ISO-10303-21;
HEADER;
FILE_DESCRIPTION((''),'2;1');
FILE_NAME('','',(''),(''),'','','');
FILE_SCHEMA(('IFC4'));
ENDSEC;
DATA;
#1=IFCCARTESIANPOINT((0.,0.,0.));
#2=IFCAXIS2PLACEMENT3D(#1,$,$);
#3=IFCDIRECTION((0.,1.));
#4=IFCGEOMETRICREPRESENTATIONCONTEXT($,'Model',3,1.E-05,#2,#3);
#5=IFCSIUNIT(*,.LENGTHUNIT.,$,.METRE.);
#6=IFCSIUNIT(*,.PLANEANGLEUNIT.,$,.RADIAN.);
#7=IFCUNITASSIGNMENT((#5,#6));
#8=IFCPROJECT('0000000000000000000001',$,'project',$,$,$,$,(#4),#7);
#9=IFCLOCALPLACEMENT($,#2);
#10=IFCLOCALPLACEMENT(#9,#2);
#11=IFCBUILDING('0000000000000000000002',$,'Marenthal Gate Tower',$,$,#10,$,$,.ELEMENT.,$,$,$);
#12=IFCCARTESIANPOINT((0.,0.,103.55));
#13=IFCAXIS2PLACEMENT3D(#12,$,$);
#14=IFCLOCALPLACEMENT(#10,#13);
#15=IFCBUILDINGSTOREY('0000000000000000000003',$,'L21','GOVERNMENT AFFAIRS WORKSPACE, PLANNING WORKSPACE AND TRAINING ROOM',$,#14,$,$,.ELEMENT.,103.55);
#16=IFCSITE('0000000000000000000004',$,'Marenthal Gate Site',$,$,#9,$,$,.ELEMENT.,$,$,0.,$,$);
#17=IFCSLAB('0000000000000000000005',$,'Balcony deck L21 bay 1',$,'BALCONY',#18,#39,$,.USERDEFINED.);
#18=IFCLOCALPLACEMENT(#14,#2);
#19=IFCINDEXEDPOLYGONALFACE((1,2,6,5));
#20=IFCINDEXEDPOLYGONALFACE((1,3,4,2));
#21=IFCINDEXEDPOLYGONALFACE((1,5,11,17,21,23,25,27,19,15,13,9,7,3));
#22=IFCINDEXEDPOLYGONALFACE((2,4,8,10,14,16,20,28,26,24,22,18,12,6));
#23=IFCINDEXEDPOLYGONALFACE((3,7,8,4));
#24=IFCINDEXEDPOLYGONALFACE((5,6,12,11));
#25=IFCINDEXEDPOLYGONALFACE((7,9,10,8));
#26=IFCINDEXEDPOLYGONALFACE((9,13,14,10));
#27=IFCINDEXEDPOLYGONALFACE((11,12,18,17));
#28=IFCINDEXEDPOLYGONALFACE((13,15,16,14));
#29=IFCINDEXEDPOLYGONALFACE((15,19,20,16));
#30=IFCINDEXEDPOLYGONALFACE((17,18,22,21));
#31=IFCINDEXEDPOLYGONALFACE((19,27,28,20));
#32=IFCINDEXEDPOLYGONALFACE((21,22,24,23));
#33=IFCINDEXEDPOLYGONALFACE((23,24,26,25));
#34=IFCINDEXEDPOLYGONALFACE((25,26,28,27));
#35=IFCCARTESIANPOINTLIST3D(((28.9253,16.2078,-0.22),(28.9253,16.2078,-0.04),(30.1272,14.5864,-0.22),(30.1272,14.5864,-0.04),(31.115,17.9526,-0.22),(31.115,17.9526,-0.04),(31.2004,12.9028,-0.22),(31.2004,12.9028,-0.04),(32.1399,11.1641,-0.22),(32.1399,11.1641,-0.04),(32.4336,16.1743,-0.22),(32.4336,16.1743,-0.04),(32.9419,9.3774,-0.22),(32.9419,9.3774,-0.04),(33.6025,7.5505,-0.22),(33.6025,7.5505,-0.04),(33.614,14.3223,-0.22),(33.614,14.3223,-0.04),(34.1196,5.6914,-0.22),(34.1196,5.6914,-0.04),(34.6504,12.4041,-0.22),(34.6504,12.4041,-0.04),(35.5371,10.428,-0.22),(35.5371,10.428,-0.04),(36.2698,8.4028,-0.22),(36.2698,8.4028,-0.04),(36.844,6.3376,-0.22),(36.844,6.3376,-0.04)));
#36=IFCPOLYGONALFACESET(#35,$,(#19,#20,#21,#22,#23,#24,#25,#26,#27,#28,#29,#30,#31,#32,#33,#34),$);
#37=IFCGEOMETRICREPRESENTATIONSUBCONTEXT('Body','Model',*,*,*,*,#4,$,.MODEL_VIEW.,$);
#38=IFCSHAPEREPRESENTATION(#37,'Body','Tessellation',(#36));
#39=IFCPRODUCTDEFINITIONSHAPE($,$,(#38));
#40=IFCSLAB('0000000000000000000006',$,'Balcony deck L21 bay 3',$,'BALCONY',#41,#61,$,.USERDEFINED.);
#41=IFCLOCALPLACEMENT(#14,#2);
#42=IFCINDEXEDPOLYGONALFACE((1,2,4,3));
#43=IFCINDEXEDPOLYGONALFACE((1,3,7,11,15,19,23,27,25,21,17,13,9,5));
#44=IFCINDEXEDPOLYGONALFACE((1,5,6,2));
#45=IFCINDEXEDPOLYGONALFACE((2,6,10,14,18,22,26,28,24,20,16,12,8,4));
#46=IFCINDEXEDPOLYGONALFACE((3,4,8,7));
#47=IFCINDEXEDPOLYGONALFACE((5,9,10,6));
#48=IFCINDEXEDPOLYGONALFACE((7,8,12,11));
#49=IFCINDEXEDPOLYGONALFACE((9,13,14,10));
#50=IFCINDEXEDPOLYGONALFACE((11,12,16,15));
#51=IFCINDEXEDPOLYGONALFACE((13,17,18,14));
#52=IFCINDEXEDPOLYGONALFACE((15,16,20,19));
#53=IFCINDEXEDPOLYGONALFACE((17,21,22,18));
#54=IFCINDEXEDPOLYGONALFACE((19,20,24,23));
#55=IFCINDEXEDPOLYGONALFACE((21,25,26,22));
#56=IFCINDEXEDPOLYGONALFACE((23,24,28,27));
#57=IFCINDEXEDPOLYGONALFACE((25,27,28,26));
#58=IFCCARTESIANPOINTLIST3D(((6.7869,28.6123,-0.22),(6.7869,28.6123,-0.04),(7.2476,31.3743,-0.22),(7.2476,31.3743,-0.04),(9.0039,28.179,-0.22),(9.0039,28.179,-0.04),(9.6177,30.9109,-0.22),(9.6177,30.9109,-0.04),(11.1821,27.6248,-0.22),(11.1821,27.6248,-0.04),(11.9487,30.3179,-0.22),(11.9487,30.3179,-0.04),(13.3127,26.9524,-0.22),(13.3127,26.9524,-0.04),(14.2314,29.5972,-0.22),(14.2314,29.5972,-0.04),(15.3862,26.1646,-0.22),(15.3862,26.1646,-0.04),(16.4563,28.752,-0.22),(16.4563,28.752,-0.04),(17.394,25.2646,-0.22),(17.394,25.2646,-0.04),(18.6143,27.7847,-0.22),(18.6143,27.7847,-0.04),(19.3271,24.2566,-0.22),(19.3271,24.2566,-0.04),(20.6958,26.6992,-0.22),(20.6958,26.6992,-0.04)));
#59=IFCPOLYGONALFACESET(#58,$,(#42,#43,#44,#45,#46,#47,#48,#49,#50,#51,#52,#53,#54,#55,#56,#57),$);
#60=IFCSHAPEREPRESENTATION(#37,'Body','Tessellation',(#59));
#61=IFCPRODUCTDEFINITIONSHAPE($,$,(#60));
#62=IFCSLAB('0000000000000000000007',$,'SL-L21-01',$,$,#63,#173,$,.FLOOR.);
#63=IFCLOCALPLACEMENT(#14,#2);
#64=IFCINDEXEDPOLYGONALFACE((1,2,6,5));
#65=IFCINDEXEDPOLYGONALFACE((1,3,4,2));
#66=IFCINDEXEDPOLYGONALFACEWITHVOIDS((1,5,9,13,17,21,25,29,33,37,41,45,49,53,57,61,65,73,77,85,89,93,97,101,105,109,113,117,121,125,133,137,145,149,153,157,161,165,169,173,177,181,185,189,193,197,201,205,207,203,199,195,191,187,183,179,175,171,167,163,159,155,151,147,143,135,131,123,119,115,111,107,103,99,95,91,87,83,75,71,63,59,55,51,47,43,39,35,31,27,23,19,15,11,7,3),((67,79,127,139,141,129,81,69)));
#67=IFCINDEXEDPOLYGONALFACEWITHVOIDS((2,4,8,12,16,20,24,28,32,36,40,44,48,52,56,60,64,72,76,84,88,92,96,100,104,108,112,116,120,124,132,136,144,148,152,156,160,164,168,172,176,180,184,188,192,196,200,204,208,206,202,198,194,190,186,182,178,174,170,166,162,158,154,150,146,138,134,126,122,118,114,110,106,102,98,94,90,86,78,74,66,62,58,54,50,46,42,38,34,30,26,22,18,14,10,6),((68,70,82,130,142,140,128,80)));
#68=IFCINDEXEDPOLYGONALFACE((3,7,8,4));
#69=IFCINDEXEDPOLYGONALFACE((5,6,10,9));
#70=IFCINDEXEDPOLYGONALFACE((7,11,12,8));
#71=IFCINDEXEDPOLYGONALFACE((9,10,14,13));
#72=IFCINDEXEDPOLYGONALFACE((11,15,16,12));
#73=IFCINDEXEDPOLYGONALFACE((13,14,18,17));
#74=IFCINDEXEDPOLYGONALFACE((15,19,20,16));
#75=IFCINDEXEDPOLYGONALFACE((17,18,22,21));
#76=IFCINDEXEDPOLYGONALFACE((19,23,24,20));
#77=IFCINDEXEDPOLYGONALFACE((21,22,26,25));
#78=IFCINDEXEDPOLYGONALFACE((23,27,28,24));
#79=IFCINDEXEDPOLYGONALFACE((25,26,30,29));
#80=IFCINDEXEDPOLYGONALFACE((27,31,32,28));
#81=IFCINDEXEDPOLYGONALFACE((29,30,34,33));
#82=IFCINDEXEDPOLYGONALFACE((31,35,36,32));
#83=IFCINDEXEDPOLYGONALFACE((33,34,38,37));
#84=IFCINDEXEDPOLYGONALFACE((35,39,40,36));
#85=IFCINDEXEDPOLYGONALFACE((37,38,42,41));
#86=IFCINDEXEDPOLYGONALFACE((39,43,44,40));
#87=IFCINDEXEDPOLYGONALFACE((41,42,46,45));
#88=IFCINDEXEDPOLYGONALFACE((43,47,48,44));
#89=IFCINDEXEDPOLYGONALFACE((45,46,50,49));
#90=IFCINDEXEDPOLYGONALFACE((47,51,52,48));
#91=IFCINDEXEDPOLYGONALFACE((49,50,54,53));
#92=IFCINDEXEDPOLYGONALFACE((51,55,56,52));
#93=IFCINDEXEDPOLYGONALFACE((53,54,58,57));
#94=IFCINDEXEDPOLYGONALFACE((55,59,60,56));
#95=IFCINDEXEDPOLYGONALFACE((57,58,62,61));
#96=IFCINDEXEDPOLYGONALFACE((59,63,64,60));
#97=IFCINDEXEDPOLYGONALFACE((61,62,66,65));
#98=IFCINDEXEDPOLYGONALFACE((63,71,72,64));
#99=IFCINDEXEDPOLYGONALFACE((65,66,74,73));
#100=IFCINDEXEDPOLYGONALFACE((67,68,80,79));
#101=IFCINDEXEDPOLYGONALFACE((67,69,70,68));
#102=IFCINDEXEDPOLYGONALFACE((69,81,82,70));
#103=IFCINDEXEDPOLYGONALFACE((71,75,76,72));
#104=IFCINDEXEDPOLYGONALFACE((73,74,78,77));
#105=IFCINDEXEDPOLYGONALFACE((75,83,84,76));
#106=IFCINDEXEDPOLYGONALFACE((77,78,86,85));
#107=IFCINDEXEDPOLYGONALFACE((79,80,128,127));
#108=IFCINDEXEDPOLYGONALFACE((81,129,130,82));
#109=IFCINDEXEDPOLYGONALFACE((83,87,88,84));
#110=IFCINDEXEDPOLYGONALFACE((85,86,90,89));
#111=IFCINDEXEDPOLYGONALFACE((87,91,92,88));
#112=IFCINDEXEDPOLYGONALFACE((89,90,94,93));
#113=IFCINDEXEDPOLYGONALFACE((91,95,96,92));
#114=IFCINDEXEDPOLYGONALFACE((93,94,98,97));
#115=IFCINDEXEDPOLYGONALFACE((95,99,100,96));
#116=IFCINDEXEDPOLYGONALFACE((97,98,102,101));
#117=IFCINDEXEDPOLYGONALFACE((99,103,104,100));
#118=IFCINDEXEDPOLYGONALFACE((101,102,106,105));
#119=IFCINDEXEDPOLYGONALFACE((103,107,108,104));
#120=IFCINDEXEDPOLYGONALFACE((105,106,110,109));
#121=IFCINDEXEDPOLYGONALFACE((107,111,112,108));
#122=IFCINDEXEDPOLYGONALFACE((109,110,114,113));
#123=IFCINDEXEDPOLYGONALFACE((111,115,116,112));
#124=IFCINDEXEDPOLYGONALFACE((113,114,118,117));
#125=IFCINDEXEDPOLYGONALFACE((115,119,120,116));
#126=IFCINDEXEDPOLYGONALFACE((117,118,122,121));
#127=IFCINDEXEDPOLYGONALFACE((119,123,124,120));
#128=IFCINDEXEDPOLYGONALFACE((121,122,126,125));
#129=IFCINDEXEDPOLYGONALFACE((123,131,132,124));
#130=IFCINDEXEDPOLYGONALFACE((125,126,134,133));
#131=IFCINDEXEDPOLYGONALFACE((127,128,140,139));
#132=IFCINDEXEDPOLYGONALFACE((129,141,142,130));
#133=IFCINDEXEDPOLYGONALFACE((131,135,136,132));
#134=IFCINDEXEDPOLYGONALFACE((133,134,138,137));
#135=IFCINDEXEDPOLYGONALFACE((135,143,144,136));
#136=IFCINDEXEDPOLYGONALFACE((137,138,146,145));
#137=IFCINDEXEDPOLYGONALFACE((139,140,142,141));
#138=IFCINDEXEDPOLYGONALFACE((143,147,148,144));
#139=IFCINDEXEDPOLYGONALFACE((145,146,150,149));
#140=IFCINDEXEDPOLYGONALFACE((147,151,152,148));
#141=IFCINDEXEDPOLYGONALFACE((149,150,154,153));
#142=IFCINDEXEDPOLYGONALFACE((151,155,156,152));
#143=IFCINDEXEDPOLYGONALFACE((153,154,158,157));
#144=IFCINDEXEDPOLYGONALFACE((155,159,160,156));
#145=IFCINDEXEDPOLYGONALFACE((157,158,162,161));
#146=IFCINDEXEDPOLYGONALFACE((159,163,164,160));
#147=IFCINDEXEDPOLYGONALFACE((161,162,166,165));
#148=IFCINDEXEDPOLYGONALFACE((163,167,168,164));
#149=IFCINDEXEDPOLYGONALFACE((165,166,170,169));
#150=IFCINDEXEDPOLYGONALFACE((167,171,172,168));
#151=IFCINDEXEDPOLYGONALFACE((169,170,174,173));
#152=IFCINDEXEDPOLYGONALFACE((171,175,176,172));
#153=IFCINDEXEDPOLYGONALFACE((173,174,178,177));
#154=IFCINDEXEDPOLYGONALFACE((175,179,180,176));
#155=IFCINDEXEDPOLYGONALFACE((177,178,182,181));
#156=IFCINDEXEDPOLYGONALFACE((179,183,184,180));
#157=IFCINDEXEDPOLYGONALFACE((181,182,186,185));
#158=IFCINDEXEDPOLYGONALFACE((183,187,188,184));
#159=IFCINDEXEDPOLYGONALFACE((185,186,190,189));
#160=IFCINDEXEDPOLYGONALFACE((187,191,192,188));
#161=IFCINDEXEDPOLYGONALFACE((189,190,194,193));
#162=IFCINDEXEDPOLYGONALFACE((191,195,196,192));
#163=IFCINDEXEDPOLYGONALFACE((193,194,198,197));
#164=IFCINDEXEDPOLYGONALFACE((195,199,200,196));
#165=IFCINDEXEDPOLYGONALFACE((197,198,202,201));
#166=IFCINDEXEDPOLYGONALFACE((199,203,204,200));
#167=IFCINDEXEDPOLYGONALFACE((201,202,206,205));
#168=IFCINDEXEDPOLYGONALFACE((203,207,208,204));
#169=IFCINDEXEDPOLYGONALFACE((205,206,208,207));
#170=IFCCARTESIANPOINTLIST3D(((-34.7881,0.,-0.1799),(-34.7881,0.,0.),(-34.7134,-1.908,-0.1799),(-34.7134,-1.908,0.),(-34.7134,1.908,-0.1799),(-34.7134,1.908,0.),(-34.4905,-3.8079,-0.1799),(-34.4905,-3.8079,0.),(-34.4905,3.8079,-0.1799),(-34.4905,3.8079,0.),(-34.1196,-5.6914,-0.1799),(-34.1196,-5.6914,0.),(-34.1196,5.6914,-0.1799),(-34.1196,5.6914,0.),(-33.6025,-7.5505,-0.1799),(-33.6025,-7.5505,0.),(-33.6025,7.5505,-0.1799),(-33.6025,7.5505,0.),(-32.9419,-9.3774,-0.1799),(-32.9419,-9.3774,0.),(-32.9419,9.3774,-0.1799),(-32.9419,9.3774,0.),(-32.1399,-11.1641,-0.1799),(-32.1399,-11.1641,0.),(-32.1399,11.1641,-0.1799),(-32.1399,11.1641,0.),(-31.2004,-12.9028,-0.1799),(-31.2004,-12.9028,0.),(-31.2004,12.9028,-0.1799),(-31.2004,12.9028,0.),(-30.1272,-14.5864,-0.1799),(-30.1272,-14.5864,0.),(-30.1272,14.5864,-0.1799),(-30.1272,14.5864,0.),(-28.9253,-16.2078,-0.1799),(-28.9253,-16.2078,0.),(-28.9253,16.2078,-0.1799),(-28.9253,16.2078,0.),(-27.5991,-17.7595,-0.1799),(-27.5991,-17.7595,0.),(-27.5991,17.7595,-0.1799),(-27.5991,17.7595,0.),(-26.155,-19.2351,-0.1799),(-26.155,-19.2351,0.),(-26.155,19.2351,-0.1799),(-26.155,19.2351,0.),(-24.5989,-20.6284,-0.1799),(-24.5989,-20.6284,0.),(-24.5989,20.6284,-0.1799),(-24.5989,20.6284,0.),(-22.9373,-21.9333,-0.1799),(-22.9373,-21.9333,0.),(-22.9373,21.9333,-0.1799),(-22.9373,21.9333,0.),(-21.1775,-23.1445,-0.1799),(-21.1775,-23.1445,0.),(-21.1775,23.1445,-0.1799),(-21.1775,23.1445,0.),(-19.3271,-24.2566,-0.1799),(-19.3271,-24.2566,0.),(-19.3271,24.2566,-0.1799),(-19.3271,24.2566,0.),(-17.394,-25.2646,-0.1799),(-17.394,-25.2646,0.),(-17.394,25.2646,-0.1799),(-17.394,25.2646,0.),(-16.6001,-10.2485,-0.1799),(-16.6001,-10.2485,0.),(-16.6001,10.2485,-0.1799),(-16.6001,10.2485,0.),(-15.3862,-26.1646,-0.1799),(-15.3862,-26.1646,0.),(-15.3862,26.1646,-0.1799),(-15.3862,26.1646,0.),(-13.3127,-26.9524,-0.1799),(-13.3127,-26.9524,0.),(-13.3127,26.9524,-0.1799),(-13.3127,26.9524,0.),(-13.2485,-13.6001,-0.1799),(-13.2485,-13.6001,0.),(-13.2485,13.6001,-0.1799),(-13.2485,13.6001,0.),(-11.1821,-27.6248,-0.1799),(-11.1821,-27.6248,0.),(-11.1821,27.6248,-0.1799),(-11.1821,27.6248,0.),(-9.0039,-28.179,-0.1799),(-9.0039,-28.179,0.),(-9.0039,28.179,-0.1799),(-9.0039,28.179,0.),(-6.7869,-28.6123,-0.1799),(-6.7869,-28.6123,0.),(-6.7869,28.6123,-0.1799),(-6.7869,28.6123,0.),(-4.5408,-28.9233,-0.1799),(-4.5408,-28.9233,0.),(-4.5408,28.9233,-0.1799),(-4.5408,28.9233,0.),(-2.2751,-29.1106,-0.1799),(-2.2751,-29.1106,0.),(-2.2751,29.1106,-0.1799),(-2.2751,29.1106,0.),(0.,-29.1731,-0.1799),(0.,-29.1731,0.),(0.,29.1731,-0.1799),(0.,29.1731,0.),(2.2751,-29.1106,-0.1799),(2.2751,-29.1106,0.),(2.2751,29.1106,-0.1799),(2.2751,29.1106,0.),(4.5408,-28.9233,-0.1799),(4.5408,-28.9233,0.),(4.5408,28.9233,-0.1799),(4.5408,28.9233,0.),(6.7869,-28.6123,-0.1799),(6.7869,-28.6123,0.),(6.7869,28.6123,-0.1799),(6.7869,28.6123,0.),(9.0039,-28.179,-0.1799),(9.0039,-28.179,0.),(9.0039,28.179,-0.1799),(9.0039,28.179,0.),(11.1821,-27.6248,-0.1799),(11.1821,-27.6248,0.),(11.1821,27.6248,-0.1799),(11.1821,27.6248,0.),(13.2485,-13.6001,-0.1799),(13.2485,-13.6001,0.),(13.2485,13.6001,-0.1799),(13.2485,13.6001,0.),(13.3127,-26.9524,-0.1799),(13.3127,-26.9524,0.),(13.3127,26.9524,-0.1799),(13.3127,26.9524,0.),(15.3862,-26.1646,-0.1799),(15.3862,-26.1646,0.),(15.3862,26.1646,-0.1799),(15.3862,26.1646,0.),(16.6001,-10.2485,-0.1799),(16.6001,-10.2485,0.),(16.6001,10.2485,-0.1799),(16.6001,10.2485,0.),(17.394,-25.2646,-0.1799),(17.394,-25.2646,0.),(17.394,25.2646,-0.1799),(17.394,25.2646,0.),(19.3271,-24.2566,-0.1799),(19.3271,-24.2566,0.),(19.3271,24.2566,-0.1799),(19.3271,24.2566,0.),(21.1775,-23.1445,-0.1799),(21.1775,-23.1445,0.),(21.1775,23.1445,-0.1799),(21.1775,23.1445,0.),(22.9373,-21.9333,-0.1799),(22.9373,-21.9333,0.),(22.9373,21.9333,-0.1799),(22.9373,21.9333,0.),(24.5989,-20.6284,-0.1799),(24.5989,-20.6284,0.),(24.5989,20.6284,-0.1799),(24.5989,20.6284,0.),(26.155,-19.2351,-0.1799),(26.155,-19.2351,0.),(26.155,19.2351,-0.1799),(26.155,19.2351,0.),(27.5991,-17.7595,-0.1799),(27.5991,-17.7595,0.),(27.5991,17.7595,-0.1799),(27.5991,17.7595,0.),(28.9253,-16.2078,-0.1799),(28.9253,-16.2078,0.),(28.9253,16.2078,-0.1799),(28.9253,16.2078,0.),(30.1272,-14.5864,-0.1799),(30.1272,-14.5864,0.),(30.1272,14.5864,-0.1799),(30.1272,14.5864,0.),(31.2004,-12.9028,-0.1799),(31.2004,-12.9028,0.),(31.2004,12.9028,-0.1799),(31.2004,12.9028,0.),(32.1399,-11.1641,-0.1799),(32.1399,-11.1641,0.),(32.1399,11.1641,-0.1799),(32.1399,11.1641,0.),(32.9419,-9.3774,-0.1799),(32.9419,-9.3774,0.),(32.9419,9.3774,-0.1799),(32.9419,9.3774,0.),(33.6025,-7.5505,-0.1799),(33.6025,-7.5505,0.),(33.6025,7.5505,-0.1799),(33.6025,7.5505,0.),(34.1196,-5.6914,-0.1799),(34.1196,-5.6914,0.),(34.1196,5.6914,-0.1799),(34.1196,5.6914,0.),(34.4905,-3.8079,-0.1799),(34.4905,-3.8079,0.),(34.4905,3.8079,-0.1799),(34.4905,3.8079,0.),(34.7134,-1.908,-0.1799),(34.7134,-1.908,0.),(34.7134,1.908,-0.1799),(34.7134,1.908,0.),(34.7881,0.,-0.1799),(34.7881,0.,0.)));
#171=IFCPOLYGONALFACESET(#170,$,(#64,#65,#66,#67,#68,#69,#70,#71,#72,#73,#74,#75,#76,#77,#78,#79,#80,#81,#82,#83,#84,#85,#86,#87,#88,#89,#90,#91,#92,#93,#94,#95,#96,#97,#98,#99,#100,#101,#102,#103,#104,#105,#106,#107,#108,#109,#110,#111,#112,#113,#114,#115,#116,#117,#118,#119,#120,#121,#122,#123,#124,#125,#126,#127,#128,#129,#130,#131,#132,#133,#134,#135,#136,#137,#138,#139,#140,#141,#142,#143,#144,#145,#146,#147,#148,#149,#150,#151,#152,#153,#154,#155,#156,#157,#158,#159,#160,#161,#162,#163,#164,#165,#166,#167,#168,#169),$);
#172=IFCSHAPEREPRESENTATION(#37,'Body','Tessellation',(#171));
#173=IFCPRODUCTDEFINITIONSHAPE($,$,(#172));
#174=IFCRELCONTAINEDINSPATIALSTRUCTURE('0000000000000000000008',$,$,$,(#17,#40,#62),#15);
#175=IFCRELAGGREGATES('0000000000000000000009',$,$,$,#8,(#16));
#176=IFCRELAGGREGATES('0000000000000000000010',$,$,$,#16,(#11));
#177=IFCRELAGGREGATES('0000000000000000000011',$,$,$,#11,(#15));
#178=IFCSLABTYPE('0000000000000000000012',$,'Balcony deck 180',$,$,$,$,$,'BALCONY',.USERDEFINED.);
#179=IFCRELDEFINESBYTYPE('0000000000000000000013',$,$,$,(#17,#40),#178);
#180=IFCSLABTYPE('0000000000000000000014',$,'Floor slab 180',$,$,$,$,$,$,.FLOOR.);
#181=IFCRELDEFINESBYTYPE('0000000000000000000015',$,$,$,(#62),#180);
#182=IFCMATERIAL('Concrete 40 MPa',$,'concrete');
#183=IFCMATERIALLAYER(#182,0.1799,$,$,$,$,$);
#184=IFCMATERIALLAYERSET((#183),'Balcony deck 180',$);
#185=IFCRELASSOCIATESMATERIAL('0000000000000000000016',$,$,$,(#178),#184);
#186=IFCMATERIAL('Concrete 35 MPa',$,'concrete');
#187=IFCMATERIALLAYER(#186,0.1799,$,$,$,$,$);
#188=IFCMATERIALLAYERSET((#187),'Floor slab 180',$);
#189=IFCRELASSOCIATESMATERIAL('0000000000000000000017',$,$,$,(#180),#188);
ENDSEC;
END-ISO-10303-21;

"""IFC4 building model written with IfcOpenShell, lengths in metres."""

from ifc_helpers import new_model, si_unit, direction, frame, origin, place, context, subcontext, project, spatial, polyline, outline, extrude, material, layer, layer_set, type_object, element, save


model = new_model("IFC4")

# Units and contexts
model_context = context("Model", 3, precision=1e-05, world=origin(), true_north=direction((0.0, 1.0)))
body_context = subcontext(model_context, "Body", "Model", "MODEL_VIEW")
ifc_project = project(units=[si_unit("LENGTHUNIT", "METRE"), si_unit("PLANEANGLEUNIT", "RADIAN")], contexts=[model_context])

# Site, building, storey
site_placement = place(None, origin())
site = spatial("IfcSite", under=ifc_project, at=site_placement, Name="Marenthal Gate Site", CompositionType="ELEMENT", RefElevation=0.0)
building_placement = place(site_placement, origin())
building = spatial("IfcBuilding", under=site, at=building_placement, Name="Marenthal Gate Tower", CompositionType="ELEMENT")
storey_placement = place(building_placement, frame((0.0, 0.0, 103.55)))
storey = spatial("IfcBuildingStorey", under=building, at=storey_placement, Name="L21", Description="GOVERNMENT AFFAIRS WORKSPACE, PLANNING WORKSPACE AND TRAINING ROOM", CompositionType="ELEMENT", Elevation=103.55)

# Slabs
ifc_material_1 = material(Name="Concrete 40 MPa", Category="concrete")
ifc_layer_1 = layer(ifc_material_1, 0.1799)
ifc_layer_set_1 = layer_set([ifc_layer_1], Name="Balcony deck 180")
slab_type_1 = type_object("IfcSlabType", Name="Balcony deck 180", ElementType="BALCONY", PredefinedType="USERDEFINED", material=ifc_layer_set_1)
slab_1_placement = place(storey_placement, frame((0.0, 0.0, -0.22)))
element("IfcSlab", 1, at=slab_1_placement, inside=storey, type_object=slab_type_1, Name="Balcony deck L21 bay 1", ObjectType="BALCONY", PredefinedType="USERDEFINED", context=body_context, shape_type="SweptSolid", body=[
    extrude(outline(polyline([(34.1196, 5.6914), (33.6025, 7.5505), (32.9419, 9.3774), (32.1399, 11.1641), (31.2004, 12.9028), (30.1272, 14.5864), (28.9253, 16.2078), (31.115, 17.9526), (32.4336, 16.1743), (33.614, 14.3223), (34.6504, 12.4041), (35.5371, 10.428), (36.2698, 8.4028), (36.844, 6.3376), (34.1196, 5.6914)])), origin(), (0.0, 0.0, 1.0), 0.1799),
])
slab_2_placement = place(storey_placement, frame((0.0, 0.0, -0.22)))
element("IfcSlab", 2, at=slab_2_placement, inside=storey, type_object=slab_type_1, Name="Balcony deck L21 bay 3", ObjectType="BALCONY", PredefinedType="USERDEFINED", context=body_context, shape_type="SweptSolid", body=[
    extrude(outline(polyline([(19.3271, 24.2566), (17.394, 25.2646), (15.3862, 26.1646), (13.3127, 26.9524), (11.1821, 27.6248), (9.0039, 28.179), (6.7869, 28.6123), (7.2476, 31.3743), (9.6177, 30.9109), (11.9487, 30.3179), (14.2314, 29.5972), (16.4563, 28.752), (18.6143, 27.7847), (20.6958, 26.6992), (19.3271, 24.2566)])), origin(), (0.0, 0.0, 1.0), 0.1799),
])
ifc_material_2 = material(Name="Concrete 35 MPa", Category="concrete")
ifc_layer_2 = layer(ifc_material_2, 0.1799)
ifc_layer_set_2 = layer_set([ifc_layer_2], Name="Floor slab 180")
slab_type_2 = type_object("IfcSlabType", Name="Floor slab 180", PredefinedType="FLOOR", material=ifc_layer_set_2)
slab_3_placement = place(storey_placement, frame((0.0, 0.0, -0.1799)))
element("IfcSlab", 3, at=slab_3_placement, inside=storey, type_object=slab_type_2, Name="SL-L21-01", PredefinedType="FLOOR", context=body_context, shape_type="SweptSolid", body=[
    extrude(outline(polyline([(34.7881, 0.0), (34.7134, 1.908), (34.4905, 3.8079), (34.1196, 5.6914), (33.6025, 7.5505), (32.9419, 9.3774), (32.1399, 11.1641), (31.2004, 12.9028), (30.1272, 14.5864), (28.9253, 16.2078), (27.5991, 17.7595), (26.155, 19.2351), (24.5989, 20.6284), (22.9373, 21.9333), (21.1775, 23.1445), (19.3271, 24.2566), (17.394, 25.2646), (15.3862, 26.1646), (13.3127, 26.9524), (11.1821, 27.6248), (9.0039, 28.179), (6.7869, 28.6123), (4.5408, 28.9233), (2.2751, 29.1106), (0.0, 29.1731), (-2.2751, 29.1106), (-4.5408, 28.9233), (-6.7869, 28.6123), (-9.0039, 28.179), (-11.1821, 27.6248), (-13.3127, 26.9524), (-15.3862, 26.1646), (-17.394, 25.2646), (-19.3271, 24.2566), (-21.1775, 23.1445), (-22.9373, 21.9333), (-24.5989, 20.6284), (-26.155, 19.2351), (-27.5991, 17.7595), (-28.9253, 16.2078), (-30.1272, 14.5864), (-31.2004, 12.9028), (-32.1399, 11.1641), (-32.9419, 9.3774), (-33.6025, 7.5505), (-34.1196, 5.6914), (-34.4905, 3.8079), (-34.7134, 1.908), (-34.7881, 0.0), (-34.7134, -1.908), (-34.4905, -3.8079), (-34.1196, -5.6914), (-33.6025, -7.5505), (-32.9419, -9.3774), (-32.1399, -11.1641), (-31.2004, -12.9028), (-30.1272, -14.5864), (-28.9253, -16.2078), (-27.5991, -17.7595), (-26.155, -19.2351), (-24.5989, -20.6284), (-22.9373, -21.9333), (-21.1775, -23.1445), (-19.3271, -24.2566), (-17.394, -25.2646), (-15.3862, -26.1646), (-13.3127, -26.9524), (-11.1821, -27.6248), (-9.0039, -28.179), (-6.7869, -28.6123), (-4.5408, -28.9233), (-2.2751, -29.1106), (0.0, -29.1731), (2.2751, -29.1106), (4.5408, -28.9233), (6.7869, -28.6123), (9.0039, -28.179), (11.1821, -27.6248), (13.3127, -26.9524), (15.3862, -26.1646), (17.394, -25.2646), (19.3271, -24.2566), (21.1775, -23.1445), (22.9373, -21.9333), (24.5989, -20.6284), (26.155, -19.2351), (27.5991, -17.7595), (28.9253, -16.2078), (30.1272, -14.5864), (31.2004, -12.9028), (32.1399, -11.1641), (32.9419, -9.3774), (33.6025, -7.5505), (34.1196, -5.6914), (34.4905, -3.8079), (34.7134, -1.908), (34.7881, 0.0)]), holes=[polyline([(13.2485, -13.6001), (16.6001, -10.2485), (16.6001, 10.2485), (13.2485, 13.6001), (-13.2485, 13.6001), (-16.6001, 10.2485), (-16.6001, -10.2485), (-13.2485, -13.6001), (13.2485, -13.6001)])]), origin(), (0.0, 0.0, 1.0), 0.1799),
])

save(model, "model.ifc")
